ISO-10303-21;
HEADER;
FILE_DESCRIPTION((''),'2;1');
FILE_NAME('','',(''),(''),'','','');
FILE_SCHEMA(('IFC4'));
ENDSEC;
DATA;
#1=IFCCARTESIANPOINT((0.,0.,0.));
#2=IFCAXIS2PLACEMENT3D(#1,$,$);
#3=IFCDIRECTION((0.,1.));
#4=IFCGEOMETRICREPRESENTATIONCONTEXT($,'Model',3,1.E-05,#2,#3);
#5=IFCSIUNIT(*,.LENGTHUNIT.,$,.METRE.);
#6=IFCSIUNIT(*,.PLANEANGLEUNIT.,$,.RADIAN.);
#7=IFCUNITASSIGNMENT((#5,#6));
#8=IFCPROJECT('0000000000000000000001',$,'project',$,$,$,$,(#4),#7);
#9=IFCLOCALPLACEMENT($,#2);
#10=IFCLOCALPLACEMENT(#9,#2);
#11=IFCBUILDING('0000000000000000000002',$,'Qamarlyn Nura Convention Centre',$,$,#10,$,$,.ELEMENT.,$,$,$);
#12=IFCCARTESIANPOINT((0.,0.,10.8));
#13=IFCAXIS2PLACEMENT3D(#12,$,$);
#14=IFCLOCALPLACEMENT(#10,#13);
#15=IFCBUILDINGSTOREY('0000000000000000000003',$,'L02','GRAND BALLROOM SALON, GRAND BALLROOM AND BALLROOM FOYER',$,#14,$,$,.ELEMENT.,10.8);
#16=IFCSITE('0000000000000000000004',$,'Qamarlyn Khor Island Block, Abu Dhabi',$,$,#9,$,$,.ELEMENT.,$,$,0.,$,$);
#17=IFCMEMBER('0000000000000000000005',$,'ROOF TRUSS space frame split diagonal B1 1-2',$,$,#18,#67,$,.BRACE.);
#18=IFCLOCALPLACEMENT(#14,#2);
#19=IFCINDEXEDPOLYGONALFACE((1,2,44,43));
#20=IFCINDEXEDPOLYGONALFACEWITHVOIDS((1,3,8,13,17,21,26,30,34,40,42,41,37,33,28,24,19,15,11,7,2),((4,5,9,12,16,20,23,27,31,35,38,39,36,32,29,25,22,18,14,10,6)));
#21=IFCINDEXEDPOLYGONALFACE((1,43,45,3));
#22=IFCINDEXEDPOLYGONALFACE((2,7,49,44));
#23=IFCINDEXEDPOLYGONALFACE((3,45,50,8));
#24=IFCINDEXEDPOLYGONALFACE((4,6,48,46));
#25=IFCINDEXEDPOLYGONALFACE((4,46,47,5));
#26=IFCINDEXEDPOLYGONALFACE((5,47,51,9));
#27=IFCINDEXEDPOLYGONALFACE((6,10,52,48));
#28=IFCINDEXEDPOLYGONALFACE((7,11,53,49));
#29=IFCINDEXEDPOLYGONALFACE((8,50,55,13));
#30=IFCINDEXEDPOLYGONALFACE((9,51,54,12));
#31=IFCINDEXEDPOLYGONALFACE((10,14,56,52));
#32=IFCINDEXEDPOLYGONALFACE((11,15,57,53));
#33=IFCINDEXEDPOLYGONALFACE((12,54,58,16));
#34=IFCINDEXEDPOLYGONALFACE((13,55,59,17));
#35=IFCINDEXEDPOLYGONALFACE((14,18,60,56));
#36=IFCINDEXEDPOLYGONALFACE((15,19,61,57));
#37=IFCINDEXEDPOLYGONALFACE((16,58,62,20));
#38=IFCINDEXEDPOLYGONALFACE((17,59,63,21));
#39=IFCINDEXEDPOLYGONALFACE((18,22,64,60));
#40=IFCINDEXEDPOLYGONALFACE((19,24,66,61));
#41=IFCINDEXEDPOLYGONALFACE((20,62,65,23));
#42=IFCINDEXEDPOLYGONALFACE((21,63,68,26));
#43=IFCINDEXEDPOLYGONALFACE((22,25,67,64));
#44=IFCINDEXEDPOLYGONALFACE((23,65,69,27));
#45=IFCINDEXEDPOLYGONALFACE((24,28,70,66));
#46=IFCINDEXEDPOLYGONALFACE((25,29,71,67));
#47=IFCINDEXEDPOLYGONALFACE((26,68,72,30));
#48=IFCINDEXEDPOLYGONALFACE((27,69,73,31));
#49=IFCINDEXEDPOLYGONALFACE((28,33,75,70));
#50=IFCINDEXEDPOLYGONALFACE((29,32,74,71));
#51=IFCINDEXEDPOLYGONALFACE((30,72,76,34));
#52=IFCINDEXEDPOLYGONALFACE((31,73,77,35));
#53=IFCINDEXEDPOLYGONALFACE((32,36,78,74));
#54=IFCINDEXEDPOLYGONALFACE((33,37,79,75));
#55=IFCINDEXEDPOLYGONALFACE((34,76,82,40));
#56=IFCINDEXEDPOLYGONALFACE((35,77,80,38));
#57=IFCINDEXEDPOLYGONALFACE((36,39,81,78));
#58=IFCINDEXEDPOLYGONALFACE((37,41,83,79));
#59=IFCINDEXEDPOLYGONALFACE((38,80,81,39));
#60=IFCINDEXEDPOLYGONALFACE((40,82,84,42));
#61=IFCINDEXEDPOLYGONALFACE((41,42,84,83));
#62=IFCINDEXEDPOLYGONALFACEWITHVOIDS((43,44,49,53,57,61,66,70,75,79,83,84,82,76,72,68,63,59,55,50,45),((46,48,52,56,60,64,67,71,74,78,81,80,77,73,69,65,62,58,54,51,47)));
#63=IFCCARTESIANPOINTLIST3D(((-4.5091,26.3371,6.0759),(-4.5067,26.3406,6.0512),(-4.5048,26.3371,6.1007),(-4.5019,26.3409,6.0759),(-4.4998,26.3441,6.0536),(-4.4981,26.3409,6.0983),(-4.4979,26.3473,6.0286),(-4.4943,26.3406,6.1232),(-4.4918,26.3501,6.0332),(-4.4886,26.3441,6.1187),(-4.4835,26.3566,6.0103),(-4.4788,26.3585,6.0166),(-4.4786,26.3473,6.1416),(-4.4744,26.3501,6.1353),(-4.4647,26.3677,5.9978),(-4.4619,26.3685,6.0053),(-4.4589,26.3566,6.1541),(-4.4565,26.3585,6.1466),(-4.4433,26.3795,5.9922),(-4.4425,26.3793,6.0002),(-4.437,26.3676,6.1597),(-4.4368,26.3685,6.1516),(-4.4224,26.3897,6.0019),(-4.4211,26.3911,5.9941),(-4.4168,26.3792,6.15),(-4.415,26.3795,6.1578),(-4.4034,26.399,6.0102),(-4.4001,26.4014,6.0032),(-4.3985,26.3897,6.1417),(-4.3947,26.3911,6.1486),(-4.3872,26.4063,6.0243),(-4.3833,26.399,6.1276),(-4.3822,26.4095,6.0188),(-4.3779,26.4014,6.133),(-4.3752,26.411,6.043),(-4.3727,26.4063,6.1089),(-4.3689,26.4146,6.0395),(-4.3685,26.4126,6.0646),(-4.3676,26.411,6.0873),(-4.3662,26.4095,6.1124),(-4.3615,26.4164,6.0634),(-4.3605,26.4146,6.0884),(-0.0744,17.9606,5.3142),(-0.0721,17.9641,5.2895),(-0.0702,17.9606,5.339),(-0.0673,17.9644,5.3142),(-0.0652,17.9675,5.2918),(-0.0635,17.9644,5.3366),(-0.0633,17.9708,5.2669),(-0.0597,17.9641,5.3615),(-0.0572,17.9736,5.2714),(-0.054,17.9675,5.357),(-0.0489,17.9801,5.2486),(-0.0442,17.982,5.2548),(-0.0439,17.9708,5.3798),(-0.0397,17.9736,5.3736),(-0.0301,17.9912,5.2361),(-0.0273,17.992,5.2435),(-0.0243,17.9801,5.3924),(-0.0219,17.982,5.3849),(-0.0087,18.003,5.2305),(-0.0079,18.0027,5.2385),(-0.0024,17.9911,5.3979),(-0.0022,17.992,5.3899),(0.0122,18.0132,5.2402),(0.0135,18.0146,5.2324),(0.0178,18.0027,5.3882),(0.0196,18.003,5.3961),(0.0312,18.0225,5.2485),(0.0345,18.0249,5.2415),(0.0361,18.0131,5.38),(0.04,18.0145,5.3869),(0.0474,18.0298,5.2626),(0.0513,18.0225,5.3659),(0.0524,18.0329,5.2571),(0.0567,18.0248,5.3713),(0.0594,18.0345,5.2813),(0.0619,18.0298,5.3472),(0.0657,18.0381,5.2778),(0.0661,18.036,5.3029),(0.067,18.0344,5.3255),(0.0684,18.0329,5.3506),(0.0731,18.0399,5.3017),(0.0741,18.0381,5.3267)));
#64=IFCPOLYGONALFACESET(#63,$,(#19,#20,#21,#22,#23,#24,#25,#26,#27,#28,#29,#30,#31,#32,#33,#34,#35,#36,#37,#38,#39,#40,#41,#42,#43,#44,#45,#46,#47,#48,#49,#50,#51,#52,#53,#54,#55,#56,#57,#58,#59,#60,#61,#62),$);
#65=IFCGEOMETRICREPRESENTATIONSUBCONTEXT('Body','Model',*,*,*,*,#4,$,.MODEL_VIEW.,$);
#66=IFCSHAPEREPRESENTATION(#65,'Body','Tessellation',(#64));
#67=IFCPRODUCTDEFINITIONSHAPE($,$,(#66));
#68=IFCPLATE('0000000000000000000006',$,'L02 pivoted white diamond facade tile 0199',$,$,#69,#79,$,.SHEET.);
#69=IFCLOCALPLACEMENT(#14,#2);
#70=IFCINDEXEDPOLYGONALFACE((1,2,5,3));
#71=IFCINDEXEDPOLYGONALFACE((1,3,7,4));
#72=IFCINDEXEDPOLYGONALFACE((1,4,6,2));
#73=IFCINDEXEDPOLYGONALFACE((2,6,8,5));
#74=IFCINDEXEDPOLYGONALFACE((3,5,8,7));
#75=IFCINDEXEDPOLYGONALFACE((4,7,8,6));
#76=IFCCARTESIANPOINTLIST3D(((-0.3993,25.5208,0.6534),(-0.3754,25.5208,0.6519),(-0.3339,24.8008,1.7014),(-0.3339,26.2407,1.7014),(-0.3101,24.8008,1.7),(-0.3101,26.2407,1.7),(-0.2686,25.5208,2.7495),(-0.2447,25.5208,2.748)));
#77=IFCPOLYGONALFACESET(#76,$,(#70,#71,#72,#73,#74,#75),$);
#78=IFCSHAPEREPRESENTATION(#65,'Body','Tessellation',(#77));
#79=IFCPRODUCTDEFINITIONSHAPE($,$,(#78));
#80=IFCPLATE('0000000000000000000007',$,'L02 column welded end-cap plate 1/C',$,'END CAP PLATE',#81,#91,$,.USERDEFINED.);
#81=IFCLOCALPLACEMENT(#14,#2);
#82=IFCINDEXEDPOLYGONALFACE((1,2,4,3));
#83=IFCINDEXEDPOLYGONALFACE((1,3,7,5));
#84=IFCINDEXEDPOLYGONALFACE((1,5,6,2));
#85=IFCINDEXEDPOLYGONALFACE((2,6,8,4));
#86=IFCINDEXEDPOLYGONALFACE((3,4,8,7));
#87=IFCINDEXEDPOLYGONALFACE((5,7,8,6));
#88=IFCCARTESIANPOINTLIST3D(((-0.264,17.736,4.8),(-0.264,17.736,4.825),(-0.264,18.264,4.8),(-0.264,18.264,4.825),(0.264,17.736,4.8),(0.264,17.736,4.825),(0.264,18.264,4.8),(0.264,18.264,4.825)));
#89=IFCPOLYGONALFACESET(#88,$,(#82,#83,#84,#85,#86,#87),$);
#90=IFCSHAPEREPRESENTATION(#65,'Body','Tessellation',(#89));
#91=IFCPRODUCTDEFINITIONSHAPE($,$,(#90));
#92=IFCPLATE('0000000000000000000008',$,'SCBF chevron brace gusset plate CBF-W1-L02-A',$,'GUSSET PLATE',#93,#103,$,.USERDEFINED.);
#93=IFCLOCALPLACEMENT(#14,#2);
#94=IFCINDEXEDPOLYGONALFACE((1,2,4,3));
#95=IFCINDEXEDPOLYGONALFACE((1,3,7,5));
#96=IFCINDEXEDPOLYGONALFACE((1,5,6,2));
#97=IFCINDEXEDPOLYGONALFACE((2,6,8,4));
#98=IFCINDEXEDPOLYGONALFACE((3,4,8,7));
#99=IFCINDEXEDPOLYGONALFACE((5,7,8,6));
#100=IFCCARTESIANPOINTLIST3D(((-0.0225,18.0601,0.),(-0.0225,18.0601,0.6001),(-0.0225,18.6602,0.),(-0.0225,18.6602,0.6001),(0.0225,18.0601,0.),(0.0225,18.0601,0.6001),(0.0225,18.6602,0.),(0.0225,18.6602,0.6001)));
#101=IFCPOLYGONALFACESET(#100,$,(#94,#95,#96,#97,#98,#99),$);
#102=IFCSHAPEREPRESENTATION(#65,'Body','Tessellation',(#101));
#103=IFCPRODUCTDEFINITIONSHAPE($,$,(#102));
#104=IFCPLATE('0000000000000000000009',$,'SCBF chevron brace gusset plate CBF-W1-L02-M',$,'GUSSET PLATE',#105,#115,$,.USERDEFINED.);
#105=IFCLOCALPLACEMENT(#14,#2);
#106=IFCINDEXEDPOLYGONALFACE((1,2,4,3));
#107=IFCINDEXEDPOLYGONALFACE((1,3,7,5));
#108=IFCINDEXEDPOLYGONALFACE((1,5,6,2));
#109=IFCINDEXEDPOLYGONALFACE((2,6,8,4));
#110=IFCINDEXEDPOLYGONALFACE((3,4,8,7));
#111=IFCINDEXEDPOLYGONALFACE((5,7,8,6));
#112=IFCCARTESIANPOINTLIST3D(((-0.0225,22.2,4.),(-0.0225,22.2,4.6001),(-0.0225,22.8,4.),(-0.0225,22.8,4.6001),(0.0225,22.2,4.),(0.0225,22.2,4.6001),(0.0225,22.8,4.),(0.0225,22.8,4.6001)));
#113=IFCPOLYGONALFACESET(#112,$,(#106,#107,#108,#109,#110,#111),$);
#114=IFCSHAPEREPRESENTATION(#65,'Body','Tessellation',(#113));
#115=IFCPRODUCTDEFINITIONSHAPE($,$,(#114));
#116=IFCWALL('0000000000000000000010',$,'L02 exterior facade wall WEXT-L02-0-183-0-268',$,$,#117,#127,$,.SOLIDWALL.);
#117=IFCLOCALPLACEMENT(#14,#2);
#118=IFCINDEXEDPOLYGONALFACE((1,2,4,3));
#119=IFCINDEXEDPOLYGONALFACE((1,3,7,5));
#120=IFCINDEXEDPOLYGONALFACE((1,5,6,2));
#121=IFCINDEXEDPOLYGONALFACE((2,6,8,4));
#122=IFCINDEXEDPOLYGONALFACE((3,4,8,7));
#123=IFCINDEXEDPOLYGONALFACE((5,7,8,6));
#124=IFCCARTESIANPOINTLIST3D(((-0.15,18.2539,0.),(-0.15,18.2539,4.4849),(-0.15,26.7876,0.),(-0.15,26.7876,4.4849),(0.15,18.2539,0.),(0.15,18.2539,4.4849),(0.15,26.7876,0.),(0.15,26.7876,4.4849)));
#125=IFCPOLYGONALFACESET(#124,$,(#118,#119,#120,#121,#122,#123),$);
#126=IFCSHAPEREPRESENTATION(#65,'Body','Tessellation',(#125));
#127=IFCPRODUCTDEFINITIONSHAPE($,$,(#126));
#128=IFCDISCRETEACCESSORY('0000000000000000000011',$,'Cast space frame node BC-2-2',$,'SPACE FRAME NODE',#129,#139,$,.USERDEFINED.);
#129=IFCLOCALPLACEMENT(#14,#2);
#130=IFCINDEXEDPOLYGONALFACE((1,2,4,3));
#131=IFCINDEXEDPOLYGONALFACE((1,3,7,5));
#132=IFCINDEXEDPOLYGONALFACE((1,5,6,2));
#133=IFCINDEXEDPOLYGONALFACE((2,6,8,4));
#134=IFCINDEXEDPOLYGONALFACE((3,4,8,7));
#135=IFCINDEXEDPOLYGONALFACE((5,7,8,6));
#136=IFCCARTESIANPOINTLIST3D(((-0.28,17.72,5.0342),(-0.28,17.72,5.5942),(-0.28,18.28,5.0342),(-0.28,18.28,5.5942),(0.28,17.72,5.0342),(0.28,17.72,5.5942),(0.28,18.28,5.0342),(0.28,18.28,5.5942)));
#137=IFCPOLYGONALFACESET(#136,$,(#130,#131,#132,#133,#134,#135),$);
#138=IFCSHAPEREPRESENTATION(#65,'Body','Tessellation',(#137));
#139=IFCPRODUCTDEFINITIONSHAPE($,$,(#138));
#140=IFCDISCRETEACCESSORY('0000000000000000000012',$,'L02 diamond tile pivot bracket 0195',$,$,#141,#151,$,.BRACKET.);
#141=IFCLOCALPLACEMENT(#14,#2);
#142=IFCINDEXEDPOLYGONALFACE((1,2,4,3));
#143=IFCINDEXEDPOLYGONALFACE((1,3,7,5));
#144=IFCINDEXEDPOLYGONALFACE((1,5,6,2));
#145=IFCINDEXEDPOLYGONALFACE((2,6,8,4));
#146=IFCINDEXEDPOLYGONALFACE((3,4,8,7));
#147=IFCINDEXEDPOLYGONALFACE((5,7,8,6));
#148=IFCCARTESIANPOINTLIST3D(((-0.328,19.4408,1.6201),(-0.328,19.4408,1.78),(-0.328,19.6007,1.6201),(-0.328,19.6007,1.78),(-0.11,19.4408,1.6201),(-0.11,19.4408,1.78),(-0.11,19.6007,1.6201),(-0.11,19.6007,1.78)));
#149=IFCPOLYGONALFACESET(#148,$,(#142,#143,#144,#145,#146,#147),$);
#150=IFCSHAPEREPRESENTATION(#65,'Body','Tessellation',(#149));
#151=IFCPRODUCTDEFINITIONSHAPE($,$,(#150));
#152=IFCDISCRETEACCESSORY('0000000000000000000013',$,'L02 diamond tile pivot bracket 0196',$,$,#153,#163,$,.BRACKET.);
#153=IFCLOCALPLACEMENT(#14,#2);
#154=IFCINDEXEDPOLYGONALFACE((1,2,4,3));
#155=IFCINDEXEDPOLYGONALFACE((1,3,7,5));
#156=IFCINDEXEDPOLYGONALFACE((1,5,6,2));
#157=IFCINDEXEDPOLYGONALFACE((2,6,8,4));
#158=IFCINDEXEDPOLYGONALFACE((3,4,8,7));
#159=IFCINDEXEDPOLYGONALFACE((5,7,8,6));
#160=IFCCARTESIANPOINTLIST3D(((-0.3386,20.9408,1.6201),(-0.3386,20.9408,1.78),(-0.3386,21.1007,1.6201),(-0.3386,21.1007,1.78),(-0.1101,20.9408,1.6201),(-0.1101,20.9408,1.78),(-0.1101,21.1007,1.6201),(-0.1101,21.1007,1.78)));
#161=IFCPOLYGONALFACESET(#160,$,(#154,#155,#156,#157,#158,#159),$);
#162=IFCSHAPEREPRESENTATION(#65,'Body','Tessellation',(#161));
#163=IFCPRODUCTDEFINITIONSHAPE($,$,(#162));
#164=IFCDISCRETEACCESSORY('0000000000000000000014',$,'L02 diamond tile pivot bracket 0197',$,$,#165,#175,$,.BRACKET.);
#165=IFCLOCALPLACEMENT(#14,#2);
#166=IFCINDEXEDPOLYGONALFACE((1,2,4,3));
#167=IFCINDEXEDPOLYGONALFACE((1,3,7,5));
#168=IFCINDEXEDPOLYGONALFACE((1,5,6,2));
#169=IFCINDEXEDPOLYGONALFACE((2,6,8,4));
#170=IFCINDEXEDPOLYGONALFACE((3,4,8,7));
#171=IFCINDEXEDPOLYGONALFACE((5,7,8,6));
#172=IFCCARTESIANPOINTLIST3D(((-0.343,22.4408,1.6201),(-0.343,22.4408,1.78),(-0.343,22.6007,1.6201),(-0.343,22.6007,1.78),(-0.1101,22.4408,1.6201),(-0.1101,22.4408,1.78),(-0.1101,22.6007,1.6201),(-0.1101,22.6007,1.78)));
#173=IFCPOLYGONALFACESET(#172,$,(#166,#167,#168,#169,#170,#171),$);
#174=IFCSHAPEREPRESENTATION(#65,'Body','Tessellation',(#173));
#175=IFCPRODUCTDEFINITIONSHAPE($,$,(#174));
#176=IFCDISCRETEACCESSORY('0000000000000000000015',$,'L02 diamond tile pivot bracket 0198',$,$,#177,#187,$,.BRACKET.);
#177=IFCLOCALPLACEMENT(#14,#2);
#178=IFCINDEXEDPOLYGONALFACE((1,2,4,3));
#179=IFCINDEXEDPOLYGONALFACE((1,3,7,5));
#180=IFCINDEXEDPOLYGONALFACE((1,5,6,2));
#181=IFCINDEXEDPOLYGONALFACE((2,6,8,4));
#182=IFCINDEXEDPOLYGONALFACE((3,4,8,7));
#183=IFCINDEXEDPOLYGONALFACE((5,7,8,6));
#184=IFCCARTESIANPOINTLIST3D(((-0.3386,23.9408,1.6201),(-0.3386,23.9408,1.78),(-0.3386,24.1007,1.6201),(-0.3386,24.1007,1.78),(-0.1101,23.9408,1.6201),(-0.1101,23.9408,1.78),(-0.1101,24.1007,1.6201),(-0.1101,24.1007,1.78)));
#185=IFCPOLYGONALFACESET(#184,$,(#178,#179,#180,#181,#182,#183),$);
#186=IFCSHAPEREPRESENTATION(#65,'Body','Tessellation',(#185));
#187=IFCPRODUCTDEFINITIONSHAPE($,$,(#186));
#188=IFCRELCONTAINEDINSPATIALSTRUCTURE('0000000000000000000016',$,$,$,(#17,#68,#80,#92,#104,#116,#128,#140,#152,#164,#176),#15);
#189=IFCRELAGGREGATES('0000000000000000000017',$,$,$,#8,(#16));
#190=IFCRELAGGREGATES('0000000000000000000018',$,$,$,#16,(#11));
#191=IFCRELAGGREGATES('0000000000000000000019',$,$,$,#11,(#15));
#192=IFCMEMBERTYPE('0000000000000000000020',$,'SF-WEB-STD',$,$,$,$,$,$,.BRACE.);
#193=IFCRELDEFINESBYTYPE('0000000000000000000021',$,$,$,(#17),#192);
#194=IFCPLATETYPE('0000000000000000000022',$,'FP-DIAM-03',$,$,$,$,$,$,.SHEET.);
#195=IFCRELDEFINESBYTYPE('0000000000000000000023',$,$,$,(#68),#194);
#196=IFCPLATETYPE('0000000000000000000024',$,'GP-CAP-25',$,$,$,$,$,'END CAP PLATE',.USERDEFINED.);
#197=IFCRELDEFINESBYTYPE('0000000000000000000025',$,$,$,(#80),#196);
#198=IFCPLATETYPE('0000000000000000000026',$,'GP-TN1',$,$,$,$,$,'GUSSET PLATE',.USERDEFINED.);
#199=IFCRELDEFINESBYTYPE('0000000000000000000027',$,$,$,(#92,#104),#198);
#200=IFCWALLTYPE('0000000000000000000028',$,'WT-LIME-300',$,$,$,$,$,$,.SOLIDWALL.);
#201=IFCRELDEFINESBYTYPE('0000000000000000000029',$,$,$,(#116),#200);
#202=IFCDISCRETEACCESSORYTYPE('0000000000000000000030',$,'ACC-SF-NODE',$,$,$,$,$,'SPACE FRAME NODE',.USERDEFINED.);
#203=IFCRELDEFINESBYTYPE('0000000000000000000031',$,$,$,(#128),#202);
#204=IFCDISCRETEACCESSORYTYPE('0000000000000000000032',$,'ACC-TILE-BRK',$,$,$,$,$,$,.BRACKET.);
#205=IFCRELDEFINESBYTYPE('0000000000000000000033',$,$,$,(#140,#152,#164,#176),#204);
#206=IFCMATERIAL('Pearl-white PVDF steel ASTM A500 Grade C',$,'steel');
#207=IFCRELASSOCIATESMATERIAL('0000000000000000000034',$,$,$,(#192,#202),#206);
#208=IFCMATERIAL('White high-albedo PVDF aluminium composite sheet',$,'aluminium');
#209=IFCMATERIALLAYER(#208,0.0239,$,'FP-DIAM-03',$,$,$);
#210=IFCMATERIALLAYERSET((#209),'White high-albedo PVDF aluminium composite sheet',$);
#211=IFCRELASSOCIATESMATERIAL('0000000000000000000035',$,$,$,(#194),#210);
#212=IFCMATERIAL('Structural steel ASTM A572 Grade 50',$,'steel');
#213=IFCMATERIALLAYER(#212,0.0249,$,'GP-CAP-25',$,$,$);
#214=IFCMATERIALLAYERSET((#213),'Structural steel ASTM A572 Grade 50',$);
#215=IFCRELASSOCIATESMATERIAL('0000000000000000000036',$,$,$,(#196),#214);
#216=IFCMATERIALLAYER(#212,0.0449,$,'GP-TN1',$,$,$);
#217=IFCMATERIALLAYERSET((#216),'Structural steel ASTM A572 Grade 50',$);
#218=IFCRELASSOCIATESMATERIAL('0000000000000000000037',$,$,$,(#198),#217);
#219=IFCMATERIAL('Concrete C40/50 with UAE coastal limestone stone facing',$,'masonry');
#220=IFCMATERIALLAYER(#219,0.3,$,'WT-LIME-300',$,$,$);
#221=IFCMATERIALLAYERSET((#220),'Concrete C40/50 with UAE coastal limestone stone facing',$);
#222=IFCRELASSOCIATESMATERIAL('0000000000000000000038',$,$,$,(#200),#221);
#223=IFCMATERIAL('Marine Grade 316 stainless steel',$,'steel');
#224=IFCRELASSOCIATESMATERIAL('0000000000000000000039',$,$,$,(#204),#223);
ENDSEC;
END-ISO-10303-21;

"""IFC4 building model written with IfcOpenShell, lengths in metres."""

from ifc_helpers import new_model, si_unit, direction, frame, frame_2d, origin, origin_2d, place, context, subcontext, project, spatial, polyline, rectangle, hollow_circle, outline, extrude, material, layer, layer_set, material_profile, profile_set, type_object, element, save


model = new_model("IFC4")

# Units and contexts
model_context = context("Model", 3, precision=1e-05, world=origin(), true_north=direction((0.0, 1.0)))
body_context = subcontext(model_context, "Body", "Model", "MODEL_VIEW")
ifc_project = project(units=[si_unit("LENGTHUNIT", "METRE"), si_unit("PLANEANGLEUNIT", "RADIAN")], contexts=[model_context])

# Site, building, storey
site_placement = place(None, origin())
site = spatial("IfcSite", under=ifc_project, at=site_placement, Name="Qamarlyn Khor Island Block, Abu Dhabi", CompositionType="ELEMENT", RefElevation=0.0)
building_placement = place(site_placement, origin())
building = spatial("IfcBuilding", under=site, at=building_placement, Name="Qamarlyn Nura Convention Centre", CompositionType="ELEMENT")
storey_placement = place(building_placement, frame((0.0, 0.0, 10.8)))
storey = spatial("IfcBuildingStorey", under=building, at=storey_placement, Name="L02", Description="GRAND BALLROOM SALON, GRAND BALLROOM AND BALLROOM FOYER", CompositionType="ELEMENT", Elevation=10.8)

# Shared definitions
ifc_material_1 = material(Name="Pearl-white PVDF steel ASTM A500 Grade C", Category="steel")

# Member
ifc_material_profile_1 = material_profile(ifc_material_1, hollow_circle(Radius=0.0842, WallThickness=0.0081, at=origin_2d()), Name="CHS168.3X8")
ifc_profile_set_1 = profile_set([ifc_material_profile_1], Name="Pearl-white PVDF steel ASTM A500 Grade C")
member_type_1 = type_object("IfcMemberType", Name="SF-WEB-STD", PredefinedType="BRACE", material=ifc_profile_set_1)
member_1_placement = place(storey_placement, frame((0.0, 18.0, 5.3142), z_axis=(-0.466382, 0.880949, 0.08011), x_axis=(-0.883789, -0.467885, 0.0)))
element("IfcMember", 1, at=member_1_placement, inside=storey, type_object=member_type_1, Name="ROOF TRUSS space frame split diagonal B1 1-2", PredefinedType="BRACE", context=body_context, shape_type="SweptSolid", body=[
    extrude(hollow_circle(Radius=0.0842, WallThickness=0.0081, at=origin_2d()), origin(), (0.0, 0.0, 1.0), 9.5085),
])

# Plates
ifc_material_2 = material(Name="White high-albedo PVDF aluminium composite sheet", Category="aluminium")
ifc_layer_1 = layer(ifc_material_2, 0.0239, Name="FP-DIAM-03")
ifc_layer_set_1 = layer_set([ifc_layer_1], Name="White high-albedo PVDF aluminium composite sheet")
plate_type_1 = type_object("IfcPlateType", Name="FP-DIAM-03", PredefinedType="SHEET", material=ifc_layer_set_1)
plate_1_placement = place(storey_placement, frame((-0.3101, 25.5208, 1.7), z_axis=(-0.998059, 0.0, 0.062268), x_axis=(0.0, -1.0, 0.0)))
element("IfcPlate", 2, at=plate_1_placement, inside=storey, type_object=plate_type_1, Name="L02 pivoted white diamond facade tile 0199", PredefinedType="SHEET", context=body_context, shape_type="SweptSolid", body=[
    extrude(outline(polyline([(-0.72, 0.0), (0.0, -1.05), (0.72, 0.0), (0.0, 1.05), (-0.72, 0.0)])), origin(), (0.0, 0.0, 1.0), 0.0239),
])
ifc_material_3 = material(Name="Structural steel ASTM A572 Grade 50", Category="steel")
ifc_layer_2 = layer(ifc_material_3, 0.0249, Name="GP-CAP-25")
ifc_layer_set_2 = layer_set([ifc_layer_2], Name="Structural steel ASTM A572 Grade 50")
plate_type_2 = type_object("IfcPlateType", Name="GP-CAP-25", ElementType="END CAP PLATE", PredefinedType="USERDEFINED", material=ifc_layer_set_2)
plate_2_placement = place(storey_placement, frame((0.0, 18.0, 4.8), z_axis=(0.0, 0.0, 1.0), x_axis=(1.0, 0.0, 0.0)))
element("IfcPlate", 3, at=plate_2_placement, inside=storey, type_object=plate_type_2, Name="L02 column welded end-cap plate 1/C", ObjectType="END CAP PLATE", PredefinedType="USERDEFINED", context=body_context, shape_type="SweptSolid", body=[
    extrude(rectangle(XDim=0.5281, YDim=0.5281, at=origin_2d()), origin(), (0.0, 0.0, 1.0), 0.0249),
])
ifc_layer_3 = layer(ifc_material_3, 0.0449, Name="GP-TN1")
ifc_layer_set_3 = layer_set([ifc_layer_3], Name="Structural steel ASTM A572 Grade 50")
plate_type_3 = type_object("IfcPlateType", Name="GP-TN1", ElementType="GUSSET PLATE", PredefinedType="USERDEFINED", material=ifc_layer_set_3)
for number, where, z_axis, x_axis, name in (
    (4, (0.0, 18.3601, 0.0), (0.0, 0.0, 1.0), (0.0, 1.0, 0.0), "SCBF chevron brace gusset plate CBF-W1-L02-A"),
    (5, (0.0, 22.5, 4.0), (0.0, 0.0, 1.0), (0.0, 1.0, 0.0), "SCBF chevron brace gusset plate CBF-W1-L02-M"),
):
    element("IfcPlate", number, at=place(storey_placement, frame(where, z_axis=z_axis, x_axis=x_axis)), inside=storey, type_object=plate_type_3, Name=name, ObjectType="GUSSET PLATE", PredefinedType="USERDEFINED", context=body_context, shape_type="SweptSolid", body=[
        extrude(rectangle(XDim=0.6001, YDim=0.0449, at=origin_2d()), origin(), (0.0, 0.0, 1.0), 0.6001),
    ])

# Wall
ifc_material_4 = material(Name="Concrete C40/50 with UAE coastal limestone stone facing", Category="masonry")
ifc_layer_4 = layer(ifc_material_4, 0.3, Name="WT-LIME-300")
ifc_layer_set_4 = layer_set([ifc_layer_4], Name="Concrete C40/50 with UAE coastal limestone stone facing")
wall_type = type_object("IfcWallType", Name="WT-LIME-300", PredefinedType="SOLIDWALL", material=ifc_layer_set_4)
wall_placement = place(storey_placement, frame((0.0, 18.2539, 0.0), z_axis=(0.0, 0.0, 1.0), x_axis=(0.0, 1.0, 0.0)))
element("IfcWall", 6, at=wall_placement, inside=storey, type_object=wall_type, Name="L02 exterior facade wall WEXT-L02-0-183-0-268", PredefinedType="SOLIDWALL", context=body_context, shape_type="SweptSolid", body=[
    extrude(rectangle(XDim=8.5337, YDim=0.3, at=frame_2d((4.2668, 0.0))), origin(), (0.0, 0.0, 1.0), 4.4849),
])

# Discrete accessories
discrete_accessory_type_1 = type_object("IfcDiscreteAccessoryType", Name="ACC-SF-NODE", ElementType="SPACE FRAME NODE", PredefinedType="USERDEFINED", material=ifc_material_1)
discrete_accessory_1_placement = place(storey_placement, frame((0.0, 18.0, 5.0342), z_axis=(0.0, 0.0, 1.0), x_axis=(1.0, 0.0, 0.0)))
element("IfcDiscreteAccessory", 7, at=discrete_accessory_1_placement, inside=storey, type_object=discrete_accessory_type_1, Name="Cast space frame node BC-2-2", ObjectType="SPACE FRAME NODE", PredefinedType="USERDEFINED", context=body_context, shape_type="SweptSolid", body=[
    extrude(rectangle(XDim=0.5601, YDim=0.5601, at=origin_2d()), origin(), (0.0, 0.0, 1.0), 0.5601),
])
ifc_material_5 = material(Name="Marine Grade 316 stainless steel", Category="steel")
discrete_accessory_type_2 = type_object("IfcDiscreteAccessoryType", Name="ACC-TILE-BRK", PredefinedType="BRACKET", material=ifc_material_5)
discrete_accessory_2_placement = place(storey_placement, frame((-0.219, 19.5208, 1.6201), z_axis=(0.0, 0.0, 1.0), x_axis=(-1.0, 0.0, 0.0)))
element("IfcDiscreteAccessory", 8, at=discrete_accessory_2_placement, inside=storey, type_object=discrete_accessory_type_2, Name="L02 diamond tile pivot bracket 0195", PredefinedType="BRACKET", context=body_context, shape_type="SweptSolid", body=[
    extrude(rectangle(XDim=0.218, YDim=0.1599, at=origin_2d()), origin(), (0.0, 0.0, 1.0), 0.1599),
])
discrete_accessory_3_placement = place(storey_placement, frame((-0.2244, 21.0208, 1.6201), z_axis=(0.0, 0.0, 1.0), x_axis=(-1.0, 0.0, 0.0)))
element("IfcDiscreteAccessory", 9, at=discrete_accessory_3_placement, inside=storey, type_object=discrete_accessory_type_2, Name="L02 diamond tile pivot bracket 0196", PredefinedType="BRACKET", context=body_context, shape_type="SweptSolid", body=[
    extrude(rectangle(XDim=0.2285, YDim=0.1599, at=origin_2d()), origin(), (0.0, 0.0, 1.0), 0.1599),
])
discrete_accessory_4_placement = place(storey_placement, frame((-0.2266, 22.5208, 1.6201), z_axis=(0.0, 0.0, 1.0), x_axis=(-1.0, 0.0, 0.0)))
element("IfcDiscreteAccessory", 10, at=discrete_accessory_4_placement, inside=storey, type_object=discrete_accessory_type_2, Name="L02 diamond tile pivot bracket 0197", PredefinedType="BRACKET", context=body_context, shape_type="SweptSolid", body=[
    extrude(rectangle(XDim=0.2329, YDim=0.1599, at=origin_2d()), origin(), (0.0, 0.0, 1.0), 0.1599),
])
discrete_accessory_5_placement = place(storey_placement, frame((-0.2244, 24.0208, 1.6201), z_axis=(0.0, 0.0, 1.0), x_axis=(-1.0, 0.0, 0.0)))
element("IfcDiscreteAccessory", 11, at=discrete_accessory_5_placement, inside=storey, type_object=discrete_accessory_type_2, Name="L02 diamond tile pivot bracket 0198", PredefinedType="BRACKET", context=body_context, shape_type="SweptSolid", body=[
    extrude(rectangle(XDim=0.2285, YDim=0.1599, at=origin_2d()), origin(), (0.0, 0.0, 1.0), 0.1599),
])

save(model, "model.ifc")
